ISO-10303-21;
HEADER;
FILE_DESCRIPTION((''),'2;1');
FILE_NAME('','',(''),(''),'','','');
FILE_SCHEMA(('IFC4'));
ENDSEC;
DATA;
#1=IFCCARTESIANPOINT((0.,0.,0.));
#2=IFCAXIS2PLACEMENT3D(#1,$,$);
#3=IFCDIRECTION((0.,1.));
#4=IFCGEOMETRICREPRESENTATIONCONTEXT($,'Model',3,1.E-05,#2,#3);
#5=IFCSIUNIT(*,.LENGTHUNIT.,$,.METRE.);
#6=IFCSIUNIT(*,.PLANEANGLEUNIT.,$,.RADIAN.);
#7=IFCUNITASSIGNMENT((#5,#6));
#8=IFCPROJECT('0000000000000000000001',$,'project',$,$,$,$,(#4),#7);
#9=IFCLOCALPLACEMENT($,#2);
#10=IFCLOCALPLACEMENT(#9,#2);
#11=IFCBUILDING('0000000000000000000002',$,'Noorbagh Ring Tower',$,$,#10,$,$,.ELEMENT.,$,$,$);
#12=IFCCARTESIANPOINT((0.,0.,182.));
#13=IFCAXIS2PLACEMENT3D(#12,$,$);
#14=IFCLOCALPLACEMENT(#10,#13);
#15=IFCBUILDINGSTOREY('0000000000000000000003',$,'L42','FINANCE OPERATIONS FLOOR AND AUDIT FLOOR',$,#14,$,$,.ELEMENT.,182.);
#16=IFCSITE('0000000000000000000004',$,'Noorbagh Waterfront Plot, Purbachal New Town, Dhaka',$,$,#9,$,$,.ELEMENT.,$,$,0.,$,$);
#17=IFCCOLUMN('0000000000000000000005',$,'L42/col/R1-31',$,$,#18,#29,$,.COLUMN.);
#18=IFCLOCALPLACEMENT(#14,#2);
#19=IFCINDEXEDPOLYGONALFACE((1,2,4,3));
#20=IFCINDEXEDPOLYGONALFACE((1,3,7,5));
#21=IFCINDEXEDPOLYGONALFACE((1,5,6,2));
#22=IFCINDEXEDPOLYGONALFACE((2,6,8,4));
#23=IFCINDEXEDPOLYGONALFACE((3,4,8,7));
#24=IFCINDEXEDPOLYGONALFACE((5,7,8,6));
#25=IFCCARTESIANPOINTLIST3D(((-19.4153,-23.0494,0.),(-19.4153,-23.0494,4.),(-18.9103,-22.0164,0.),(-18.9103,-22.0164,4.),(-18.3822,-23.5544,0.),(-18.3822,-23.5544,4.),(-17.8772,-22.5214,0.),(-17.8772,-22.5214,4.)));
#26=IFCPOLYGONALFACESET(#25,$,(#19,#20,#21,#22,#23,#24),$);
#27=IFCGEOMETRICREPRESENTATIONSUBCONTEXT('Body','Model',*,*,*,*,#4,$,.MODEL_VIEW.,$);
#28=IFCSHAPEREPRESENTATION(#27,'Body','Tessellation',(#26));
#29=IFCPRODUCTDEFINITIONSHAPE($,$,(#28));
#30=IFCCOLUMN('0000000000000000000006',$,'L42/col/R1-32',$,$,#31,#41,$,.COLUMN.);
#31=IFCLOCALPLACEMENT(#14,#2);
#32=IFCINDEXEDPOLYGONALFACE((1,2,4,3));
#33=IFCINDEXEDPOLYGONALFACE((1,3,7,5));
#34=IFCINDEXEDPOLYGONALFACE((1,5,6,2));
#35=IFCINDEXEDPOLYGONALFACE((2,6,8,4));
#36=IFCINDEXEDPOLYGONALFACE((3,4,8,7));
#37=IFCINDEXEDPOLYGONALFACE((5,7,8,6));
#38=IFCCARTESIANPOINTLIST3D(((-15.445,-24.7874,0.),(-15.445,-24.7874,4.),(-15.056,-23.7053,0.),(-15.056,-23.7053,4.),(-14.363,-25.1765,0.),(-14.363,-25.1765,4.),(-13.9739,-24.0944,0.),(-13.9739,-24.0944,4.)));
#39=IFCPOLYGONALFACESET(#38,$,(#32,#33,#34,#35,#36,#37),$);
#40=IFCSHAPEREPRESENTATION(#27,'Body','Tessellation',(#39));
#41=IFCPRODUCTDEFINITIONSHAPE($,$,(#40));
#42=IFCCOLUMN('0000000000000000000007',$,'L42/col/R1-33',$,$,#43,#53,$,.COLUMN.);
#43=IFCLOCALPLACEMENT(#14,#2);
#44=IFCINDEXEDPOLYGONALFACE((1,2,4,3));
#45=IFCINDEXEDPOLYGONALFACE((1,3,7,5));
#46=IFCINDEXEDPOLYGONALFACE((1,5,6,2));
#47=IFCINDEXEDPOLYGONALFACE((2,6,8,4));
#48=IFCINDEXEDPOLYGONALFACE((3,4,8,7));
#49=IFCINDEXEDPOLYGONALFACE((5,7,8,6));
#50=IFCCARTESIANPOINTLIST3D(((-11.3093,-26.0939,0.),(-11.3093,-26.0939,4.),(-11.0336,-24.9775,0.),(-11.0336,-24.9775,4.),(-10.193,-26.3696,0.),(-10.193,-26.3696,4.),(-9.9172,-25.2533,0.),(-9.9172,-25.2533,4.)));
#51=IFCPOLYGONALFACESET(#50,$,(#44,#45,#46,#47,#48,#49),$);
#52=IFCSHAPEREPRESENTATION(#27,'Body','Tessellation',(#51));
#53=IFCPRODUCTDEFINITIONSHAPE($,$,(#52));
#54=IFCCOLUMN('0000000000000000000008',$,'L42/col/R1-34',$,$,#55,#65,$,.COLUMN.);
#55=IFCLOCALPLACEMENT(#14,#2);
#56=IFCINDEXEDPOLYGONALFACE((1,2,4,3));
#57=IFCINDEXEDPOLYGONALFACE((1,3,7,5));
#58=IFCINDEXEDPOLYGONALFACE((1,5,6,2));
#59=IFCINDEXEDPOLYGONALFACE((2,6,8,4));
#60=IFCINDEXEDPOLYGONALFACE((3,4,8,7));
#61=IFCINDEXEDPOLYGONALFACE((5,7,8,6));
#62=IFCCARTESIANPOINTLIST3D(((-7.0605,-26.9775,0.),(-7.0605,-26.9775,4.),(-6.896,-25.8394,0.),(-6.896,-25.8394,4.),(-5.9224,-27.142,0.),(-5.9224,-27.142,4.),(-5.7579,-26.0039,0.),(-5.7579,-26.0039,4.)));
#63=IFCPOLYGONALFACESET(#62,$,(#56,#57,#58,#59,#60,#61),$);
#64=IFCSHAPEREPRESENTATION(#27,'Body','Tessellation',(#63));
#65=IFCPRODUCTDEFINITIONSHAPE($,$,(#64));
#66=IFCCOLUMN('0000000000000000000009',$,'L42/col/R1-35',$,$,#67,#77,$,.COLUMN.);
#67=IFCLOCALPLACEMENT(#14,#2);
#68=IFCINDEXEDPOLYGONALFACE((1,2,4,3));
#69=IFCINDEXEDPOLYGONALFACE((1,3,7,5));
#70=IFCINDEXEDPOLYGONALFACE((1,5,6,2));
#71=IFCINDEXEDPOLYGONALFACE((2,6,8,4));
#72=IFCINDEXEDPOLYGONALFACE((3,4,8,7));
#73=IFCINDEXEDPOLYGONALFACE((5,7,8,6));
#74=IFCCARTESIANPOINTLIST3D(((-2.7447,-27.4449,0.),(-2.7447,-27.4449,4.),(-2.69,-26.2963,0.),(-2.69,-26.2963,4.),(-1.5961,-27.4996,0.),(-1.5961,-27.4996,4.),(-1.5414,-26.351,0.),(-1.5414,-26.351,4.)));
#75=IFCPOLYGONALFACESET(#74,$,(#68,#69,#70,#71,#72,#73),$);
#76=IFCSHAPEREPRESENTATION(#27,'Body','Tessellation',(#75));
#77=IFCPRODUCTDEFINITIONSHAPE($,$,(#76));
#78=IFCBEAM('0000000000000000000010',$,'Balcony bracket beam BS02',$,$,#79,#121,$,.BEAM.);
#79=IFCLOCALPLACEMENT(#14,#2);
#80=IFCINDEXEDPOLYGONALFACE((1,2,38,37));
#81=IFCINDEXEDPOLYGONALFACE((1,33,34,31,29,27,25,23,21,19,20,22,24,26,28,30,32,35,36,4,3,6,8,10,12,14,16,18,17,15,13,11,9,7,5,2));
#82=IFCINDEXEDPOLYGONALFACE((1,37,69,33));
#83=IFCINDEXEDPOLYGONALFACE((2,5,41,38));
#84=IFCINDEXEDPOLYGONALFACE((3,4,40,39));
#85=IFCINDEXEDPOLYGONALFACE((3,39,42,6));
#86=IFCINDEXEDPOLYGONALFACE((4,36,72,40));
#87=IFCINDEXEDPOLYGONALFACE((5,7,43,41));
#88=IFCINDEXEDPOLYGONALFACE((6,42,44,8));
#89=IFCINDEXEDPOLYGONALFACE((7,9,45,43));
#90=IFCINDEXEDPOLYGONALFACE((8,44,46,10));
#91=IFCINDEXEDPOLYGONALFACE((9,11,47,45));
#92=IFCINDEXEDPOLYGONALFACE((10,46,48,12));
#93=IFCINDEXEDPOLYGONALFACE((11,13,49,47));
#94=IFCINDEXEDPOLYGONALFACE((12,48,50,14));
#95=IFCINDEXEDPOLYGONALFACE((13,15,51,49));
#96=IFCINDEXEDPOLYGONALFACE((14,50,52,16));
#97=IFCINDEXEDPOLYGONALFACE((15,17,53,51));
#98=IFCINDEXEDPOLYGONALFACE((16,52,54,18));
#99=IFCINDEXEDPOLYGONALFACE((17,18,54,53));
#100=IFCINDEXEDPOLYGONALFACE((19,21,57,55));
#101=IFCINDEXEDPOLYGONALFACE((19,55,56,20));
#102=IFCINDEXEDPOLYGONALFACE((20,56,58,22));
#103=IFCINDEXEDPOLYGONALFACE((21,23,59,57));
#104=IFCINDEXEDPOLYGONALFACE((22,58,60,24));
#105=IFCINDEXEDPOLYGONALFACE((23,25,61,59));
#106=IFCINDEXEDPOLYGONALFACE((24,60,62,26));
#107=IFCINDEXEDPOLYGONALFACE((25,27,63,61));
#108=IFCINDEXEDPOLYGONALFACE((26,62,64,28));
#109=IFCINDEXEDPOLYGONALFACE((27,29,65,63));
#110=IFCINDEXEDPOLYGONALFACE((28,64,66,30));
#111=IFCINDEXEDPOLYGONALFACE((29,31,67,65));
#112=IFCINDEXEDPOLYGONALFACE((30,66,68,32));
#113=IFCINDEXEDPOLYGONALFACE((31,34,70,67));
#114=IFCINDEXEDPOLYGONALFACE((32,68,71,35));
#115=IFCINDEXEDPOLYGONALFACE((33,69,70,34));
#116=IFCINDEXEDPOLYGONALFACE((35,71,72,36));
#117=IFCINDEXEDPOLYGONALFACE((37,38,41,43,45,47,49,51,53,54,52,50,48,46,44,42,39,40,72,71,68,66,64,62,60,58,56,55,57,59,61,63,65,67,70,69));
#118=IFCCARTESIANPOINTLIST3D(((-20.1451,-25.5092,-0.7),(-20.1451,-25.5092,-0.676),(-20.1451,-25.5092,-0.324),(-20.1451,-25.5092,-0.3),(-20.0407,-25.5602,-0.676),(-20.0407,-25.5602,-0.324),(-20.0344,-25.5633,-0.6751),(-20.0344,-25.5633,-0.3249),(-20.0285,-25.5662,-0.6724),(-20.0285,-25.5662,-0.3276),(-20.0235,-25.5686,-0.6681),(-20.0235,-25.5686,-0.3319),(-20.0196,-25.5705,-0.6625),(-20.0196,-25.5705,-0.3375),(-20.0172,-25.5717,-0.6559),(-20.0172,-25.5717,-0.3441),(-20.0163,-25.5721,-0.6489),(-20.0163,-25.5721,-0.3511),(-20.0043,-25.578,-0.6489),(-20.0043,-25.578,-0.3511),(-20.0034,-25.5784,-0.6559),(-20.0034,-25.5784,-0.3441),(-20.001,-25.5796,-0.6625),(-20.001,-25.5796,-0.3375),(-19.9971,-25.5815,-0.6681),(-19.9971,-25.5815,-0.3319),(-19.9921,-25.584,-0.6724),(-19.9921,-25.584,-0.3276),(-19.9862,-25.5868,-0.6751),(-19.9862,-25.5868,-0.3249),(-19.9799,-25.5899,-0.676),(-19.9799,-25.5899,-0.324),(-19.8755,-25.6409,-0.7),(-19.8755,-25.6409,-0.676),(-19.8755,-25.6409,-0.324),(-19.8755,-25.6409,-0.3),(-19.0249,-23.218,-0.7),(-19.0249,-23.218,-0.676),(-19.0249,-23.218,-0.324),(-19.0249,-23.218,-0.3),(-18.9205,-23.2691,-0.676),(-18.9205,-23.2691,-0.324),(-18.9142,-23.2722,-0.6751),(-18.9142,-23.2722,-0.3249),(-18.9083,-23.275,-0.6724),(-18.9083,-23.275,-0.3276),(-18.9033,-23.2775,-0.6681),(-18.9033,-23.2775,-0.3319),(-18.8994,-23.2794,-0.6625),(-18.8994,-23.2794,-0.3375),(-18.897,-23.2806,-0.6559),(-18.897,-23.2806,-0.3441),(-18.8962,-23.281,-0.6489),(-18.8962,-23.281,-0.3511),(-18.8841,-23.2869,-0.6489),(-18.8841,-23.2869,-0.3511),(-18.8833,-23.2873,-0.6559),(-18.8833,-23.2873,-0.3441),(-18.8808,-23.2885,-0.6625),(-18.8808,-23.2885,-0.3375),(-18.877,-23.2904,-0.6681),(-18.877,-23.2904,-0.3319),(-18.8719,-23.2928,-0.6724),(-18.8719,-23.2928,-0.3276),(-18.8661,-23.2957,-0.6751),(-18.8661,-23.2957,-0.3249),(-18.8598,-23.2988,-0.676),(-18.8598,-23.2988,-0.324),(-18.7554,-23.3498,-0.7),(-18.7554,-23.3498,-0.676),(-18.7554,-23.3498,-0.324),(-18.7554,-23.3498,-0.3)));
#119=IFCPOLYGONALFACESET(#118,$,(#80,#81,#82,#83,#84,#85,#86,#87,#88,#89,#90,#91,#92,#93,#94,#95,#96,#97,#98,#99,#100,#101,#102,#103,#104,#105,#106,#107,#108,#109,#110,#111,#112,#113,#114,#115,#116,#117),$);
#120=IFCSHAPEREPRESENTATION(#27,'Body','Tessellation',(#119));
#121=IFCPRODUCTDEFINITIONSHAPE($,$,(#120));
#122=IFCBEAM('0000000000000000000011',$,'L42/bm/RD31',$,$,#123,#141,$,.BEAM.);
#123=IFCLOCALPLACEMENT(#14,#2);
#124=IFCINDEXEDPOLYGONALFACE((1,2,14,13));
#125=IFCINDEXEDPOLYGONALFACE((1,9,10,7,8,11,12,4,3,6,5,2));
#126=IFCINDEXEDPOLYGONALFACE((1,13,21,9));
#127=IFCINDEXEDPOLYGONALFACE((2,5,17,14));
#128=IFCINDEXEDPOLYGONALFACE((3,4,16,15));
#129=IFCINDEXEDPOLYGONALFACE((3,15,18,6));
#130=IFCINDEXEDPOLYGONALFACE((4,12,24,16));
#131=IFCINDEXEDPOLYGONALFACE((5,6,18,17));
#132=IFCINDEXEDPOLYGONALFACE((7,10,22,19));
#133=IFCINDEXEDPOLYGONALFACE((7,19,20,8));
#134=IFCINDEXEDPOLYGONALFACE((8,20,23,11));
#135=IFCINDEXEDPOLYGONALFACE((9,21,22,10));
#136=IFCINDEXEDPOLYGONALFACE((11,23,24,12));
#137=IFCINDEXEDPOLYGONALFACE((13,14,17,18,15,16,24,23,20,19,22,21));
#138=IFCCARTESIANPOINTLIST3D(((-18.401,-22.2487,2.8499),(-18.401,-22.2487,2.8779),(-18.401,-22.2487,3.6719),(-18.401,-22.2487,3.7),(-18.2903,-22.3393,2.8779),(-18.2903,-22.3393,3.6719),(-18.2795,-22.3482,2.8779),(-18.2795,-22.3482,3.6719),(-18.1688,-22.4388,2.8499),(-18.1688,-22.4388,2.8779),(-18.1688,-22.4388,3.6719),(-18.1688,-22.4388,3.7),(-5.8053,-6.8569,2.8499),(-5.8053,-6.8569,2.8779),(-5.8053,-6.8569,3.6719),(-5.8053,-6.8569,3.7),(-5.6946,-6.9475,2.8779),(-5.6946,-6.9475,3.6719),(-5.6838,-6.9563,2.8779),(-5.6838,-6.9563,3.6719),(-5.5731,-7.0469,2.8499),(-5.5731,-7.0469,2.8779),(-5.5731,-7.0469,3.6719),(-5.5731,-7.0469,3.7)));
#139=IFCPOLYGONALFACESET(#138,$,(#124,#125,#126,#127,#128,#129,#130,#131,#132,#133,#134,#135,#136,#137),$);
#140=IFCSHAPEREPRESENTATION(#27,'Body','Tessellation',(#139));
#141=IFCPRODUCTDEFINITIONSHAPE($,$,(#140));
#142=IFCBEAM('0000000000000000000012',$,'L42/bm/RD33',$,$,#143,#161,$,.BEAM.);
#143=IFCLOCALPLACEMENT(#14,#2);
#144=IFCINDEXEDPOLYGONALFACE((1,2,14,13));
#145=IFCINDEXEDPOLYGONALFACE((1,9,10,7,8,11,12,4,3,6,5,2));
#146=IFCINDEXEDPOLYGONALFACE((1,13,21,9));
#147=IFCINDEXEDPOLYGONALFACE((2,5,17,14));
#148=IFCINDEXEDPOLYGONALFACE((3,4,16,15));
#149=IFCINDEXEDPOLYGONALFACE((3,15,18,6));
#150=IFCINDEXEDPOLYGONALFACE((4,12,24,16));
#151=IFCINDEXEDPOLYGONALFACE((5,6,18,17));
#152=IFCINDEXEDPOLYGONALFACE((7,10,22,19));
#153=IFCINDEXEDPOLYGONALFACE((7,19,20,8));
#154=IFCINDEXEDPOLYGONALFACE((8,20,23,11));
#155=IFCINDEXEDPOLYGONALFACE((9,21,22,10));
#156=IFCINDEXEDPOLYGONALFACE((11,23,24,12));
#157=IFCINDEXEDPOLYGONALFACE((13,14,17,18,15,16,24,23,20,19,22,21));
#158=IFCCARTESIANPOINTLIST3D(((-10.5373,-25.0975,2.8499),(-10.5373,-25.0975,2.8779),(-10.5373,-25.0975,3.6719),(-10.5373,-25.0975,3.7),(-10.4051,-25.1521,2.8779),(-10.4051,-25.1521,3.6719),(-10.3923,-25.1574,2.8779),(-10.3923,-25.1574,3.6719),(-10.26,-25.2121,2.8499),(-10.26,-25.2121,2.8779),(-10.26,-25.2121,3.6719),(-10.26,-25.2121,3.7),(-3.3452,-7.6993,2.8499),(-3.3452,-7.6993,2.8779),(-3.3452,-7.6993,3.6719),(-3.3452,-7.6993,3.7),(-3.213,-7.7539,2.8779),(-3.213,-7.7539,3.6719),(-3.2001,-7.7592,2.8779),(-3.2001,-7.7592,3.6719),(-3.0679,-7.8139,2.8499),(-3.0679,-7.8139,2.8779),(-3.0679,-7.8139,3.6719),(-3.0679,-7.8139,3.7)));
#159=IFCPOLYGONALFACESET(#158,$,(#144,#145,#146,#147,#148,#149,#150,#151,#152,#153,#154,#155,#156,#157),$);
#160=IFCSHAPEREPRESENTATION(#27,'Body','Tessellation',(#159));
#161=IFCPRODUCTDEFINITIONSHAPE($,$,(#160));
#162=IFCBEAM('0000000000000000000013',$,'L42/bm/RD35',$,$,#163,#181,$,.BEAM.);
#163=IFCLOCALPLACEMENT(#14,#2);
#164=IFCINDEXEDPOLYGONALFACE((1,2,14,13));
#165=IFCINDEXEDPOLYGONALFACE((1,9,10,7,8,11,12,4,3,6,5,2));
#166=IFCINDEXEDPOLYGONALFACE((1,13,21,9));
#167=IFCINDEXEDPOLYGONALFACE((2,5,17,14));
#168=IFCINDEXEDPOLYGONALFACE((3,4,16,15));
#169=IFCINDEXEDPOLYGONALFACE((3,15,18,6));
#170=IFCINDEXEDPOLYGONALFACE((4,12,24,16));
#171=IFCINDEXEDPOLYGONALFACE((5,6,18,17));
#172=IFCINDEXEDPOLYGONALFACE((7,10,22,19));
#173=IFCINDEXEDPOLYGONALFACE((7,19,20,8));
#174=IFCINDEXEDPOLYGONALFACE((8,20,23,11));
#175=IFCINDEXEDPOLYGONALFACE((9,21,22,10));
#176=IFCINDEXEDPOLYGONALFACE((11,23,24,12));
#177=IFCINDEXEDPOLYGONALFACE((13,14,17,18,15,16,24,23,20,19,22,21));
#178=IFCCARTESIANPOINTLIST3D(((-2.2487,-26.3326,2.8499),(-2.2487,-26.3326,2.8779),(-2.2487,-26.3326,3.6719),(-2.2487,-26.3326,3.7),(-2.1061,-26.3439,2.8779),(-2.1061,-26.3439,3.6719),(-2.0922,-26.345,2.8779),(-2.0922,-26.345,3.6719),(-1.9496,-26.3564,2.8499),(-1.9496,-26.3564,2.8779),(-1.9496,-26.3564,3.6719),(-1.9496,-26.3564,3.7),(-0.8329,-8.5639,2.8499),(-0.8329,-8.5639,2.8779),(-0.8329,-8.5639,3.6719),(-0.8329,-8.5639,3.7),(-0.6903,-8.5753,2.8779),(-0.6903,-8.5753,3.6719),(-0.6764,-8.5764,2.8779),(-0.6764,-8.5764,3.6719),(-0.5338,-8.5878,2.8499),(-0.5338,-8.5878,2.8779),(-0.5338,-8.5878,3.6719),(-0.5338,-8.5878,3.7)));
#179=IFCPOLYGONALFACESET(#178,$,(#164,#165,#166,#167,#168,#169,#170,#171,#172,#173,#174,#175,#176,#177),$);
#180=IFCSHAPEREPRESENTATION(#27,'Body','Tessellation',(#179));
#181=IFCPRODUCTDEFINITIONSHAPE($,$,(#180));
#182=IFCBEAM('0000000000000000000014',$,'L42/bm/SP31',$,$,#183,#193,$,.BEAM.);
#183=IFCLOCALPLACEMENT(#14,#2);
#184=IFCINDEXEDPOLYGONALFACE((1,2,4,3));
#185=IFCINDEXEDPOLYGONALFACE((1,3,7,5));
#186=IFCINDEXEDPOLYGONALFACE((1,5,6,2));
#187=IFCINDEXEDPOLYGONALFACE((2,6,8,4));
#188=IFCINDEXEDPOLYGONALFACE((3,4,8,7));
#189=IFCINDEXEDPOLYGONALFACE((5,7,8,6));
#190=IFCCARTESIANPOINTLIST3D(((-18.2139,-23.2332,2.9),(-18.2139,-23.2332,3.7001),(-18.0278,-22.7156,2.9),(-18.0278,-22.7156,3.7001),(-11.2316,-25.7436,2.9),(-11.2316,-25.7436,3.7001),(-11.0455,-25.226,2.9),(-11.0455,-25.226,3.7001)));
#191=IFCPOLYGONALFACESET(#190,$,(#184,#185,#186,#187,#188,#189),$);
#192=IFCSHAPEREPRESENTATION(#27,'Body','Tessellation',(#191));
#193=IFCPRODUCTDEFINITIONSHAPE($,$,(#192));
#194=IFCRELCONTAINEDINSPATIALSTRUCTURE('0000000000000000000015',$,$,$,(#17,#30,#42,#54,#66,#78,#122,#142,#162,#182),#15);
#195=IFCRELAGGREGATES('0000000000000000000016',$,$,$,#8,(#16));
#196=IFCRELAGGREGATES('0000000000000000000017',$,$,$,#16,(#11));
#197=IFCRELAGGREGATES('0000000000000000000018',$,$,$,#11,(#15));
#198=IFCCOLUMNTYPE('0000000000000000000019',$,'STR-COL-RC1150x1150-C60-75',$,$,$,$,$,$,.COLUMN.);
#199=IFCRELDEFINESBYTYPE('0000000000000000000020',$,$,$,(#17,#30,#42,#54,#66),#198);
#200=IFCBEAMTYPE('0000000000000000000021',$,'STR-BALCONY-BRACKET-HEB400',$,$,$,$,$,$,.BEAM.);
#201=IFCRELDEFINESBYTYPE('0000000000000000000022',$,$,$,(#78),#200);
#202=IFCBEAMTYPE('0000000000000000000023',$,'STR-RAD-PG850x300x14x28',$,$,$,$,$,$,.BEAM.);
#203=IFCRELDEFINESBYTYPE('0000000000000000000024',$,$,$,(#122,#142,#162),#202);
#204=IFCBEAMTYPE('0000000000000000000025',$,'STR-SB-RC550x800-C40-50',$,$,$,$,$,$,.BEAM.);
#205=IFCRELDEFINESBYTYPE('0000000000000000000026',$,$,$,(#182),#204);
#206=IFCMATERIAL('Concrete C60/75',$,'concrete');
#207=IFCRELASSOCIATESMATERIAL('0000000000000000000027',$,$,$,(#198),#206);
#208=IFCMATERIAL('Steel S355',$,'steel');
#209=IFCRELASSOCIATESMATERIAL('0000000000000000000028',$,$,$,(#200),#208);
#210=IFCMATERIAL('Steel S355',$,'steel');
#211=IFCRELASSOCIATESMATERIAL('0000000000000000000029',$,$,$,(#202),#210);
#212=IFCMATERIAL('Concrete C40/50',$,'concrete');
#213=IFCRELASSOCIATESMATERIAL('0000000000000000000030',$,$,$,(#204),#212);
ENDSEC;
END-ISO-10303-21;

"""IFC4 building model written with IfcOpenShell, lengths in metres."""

from ifc_helpers import new_model, si_unit, direction, frame, origin, origin_2d, place, context, subcontext, project, spatial, rectangle, i_section, extrude, material, material_profile, profile_set, type_object, element, save


model = new_model("IFC4")

# Units and contexts
model_context = context("Model", 3, precision=1e-05, world=origin(), true_north=direction((0.0, 1.0)))
body_context = subcontext(model_context, "Body", "Model", "MODEL_VIEW")
ifc_project = project(units=[si_unit("LENGTHUNIT", "METRE"), si_unit("PLANEANGLEUNIT", "RADIAN")], contexts=[model_context])

# Site, building, storey
site_placement = place(None, origin())
site = spatial("IfcSite", under=ifc_project, at=site_placement, Name="Noorbagh Waterfront Plot, Purbachal New Town, Dhaka", CompositionType="ELEMENT", RefElevation=0.0)
building_placement = place(site_placement, origin())
building = spatial("IfcBuilding", under=site, at=building_placement, Name="Noorbagh Ring Tower", CompositionType="ELEMENT")
storey_placement = place(building_placement, frame((0.0, 0.0, 182.0)))
storey = spatial("IfcBuildingStorey", under=building, at=storey_placement, Name="L42", Description="FINANCE OPERATIONS FLOOR AND AUDIT FLOOR", CompositionType="ELEMENT", Elevation=182.0)

# Columns
ifc_material_1 = material(Name="Concrete C60/75", Category="concrete")
ifc_material_profile_1 = material_profile(ifc_material_1, rectangle(XDim=1.1499, YDim=1.1499, at=origin_2d()), Name="RC1150x1150")
ifc_profile_set_1 = profile_set([ifc_material_profile_1], Name="Concrete C60/75")
column_type = type_object("IfcColumnType", Name="STR-COL-RC1150x1150-C60-75", PredefinedType="COLUMN", material=ifc_profile_set_1)
for number, where, z_axis, x_axis, name in (
    (1, (-18.6462, -22.7854, 0.0), (0.0, 0.0, 1.0), (0.898399, -0.43918, 0.0), "L42/col/R1-31"),
    (2, (-14.7095, -24.4409, 0.0), (0.0, 0.0, 1.0), (0.941025, -0.338338, 0.0), "L42/col/R1-32"),
    (3, (-10.6133, -25.6736, 0.0), (0.0, 0.0, 1.0), (0.970829, -0.239771, 0.0), "L42/col/R1-33"),
    (4, (-6.4092, -26.4907, 0.0), (0.0, 0.0, 1.0), (0.989713, -0.143066, 0.0), "L42/col/R1-34"),
    (5, (-2.1431, -26.8979, 0.0), (0.0, 0.0, 1.0), (0.998869, -0.047553, 0.0), "L42/col/R1-35"),
):
    element("IfcColumn", number, at=place(storey_placement, frame(where, z_axis=z_axis, x_axis=x_axis)), inside=storey, type_object=column_type, Name=name, PredefinedType="COLUMN", context=body_context, shape_type="SweptSolid", body=[
        extrude(rectangle(XDim=1.1499, YDim=1.1499, at=origin_2d()), origin(), (0.0, 0.0, 1.0), 4.0),
    ])

# Beams
ifc_material_2 = material(Name="Steel S355", Category="steel")
ifc_material_profile_2 = material_profile(ifc_material_2, i_section(OverallWidth=0.3, OverallDepth=0.3999, WebThickness=0.0134, FlangeThickness=0.0239, FilletRadius=0.0271, at=origin_2d()), Name="HEB400")
ifc_profile_set_2 = profile_set([ifc_material_profile_2], Name="Steel S355")
beam_type_1 = type_object("IfcBeamType", Name="STR-BALCONY-BRACKET-HEB400", PredefinedType="BEAM", material=ifc_profile_set_2)
beam_1_placement = place(storey_placement, frame((-18.8901, -23.2839, -0.5), z_axis=(-0.439231, -0.898374, 0.0), x_axis=(0.898374, -0.439231, 0.0)))
element("IfcBeam", 6, at=beam_1_placement, inside=storey, type_object=beam_type_1, Name="Balcony bracket beam BS02", PredefinedType="BEAM", context=body_context, shape_type="SweptSolid", body=[
    extrude(i_section(OverallWidth=0.3, OverallDepth=0.3999, WebThickness=0.0134, FlangeThickness=0.0239, FilletRadius=0.0271, at=origin_2d()), origin(), (0.0, 0.0, 1.0), 2.5503),
])
ifc_material_3 = material(Name="Steel S355", Category="steel")
ifc_material_profile_3 = material_profile(ifc_material_3, i_section(OverallWidth=0.3, OverallDepth=0.8501, WebThickness=0.0139, FlangeThickness=0.0281, at=origin_2d()), Name="PG850x300x14x28")
ifc_profile_set_3 = profile_set([ifc_material_profile_3], Name="Steel S355")
beam_type_2 = type_object("IfcBeamType", Name="STR-RAD-PG850x300x14x28", PredefinedType="BEAM", material=ifc_profile_set_3)
beam_2_placement = place(storey_placement, frame((-18.2849, -22.3438, 3.2749), z_axis=(0.633309, 0.773899, 0.0), x_axis=(-0.773899, 0.633309, 0.0)))
element("IfcBeam", 7, at=beam_2_placement, inside=storey, type_object=beam_type_2, Name="L42/bm/RD31", PredefinedType="BEAM", context=body_context, shape_type="SweptSolid", body=[
    extrude(i_section(OverallWidth=0.3, OverallDepth=0.8501, WebThickness=0.0139, FlangeThickness=0.0281, at=origin_2d()), origin(), (0.0, 0.0, 1.0), 19.8887),
])
beam_3_placement = place(storey_placement, frame((-10.3987, -25.1548, 3.2749), z_axis=(0.382029, 0.92415, 0.0), x_axis=(-0.92415, 0.382029, 0.0)))
element("IfcBeam", 8, at=beam_3_placement, inside=storey, type_object=beam_type_2, Name="L42/bm/RD33", PredefinedType="BEAM", context=body_context, shape_type="SweptSolid", body=[
    extrude(i_section(OverallWidth=0.3, OverallDepth=0.8501, WebThickness=0.0139, FlangeThickness=0.0281, at=origin_2d()), origin(), (0.0, 0.0, 1.0), 18.8262),
])
beam_4_placement = place(storey_placement, frame((-2.0991, -26.3445, 3.2749), z_axis=(0.079427, 0.996841, 0.0), x_axis=(-0.996841, 0.079427, 0.0)))
element("IfcBeam", 9, at=beam_4_placement, inside=storey, type_object=beam_type_2, Name="L42/bm/RD35", PredefinedType="BEAM", context=body_context, shape_type="SweptSolid", body=[
    extrude(i_section(OverallWidth=0.3, OverallDepth=0.8501, WebThickness=0.0139, FlangeThickness=0.0281, at=origin_2d()), origin(), (0.0, 0.0, 1.0), 17.825),
])
ifc_material_4 = material(Name="Concrete C40/50", Category="concrete")
ifc_material_profile_4 = material_profile(ifc_material_4, rectangle(XDim=0.55, YDim=0.8, at=origin_2d()), Name="RC550x800")
ifc_profile_set_4 = profile_set([ifc_material_profile_4], Name="Concrete C40/50")
beam_type_3 = type_object("IfcBeamType", Name="STR-SB-RC550x800-C40-50", PredefinedType="BEAM", material=ifc_profile_set_4)
beam_5_placement = place(storey_placement, frame((-18.1208, -22.9744, 3.3), z_axis=(0.941024, -0.338341, 0.0), x_axis=(0.338341, 0.941024, 0.0)))
element("IfcBeam", 10, at=beam_5_placement, inside=storey, type_object=beam_type_3, Name="L42/bm/SP31", PredefinedType="BEAM", context=body_context, shape_type="SweptSolid", body=[
    extrude(rectangle(XDim=0.55, YDim=0.8, at=origin_2d()), origin(), (0.0, 0.0, 1.0), 7.4199),
])

save(model, "model.ifc")
